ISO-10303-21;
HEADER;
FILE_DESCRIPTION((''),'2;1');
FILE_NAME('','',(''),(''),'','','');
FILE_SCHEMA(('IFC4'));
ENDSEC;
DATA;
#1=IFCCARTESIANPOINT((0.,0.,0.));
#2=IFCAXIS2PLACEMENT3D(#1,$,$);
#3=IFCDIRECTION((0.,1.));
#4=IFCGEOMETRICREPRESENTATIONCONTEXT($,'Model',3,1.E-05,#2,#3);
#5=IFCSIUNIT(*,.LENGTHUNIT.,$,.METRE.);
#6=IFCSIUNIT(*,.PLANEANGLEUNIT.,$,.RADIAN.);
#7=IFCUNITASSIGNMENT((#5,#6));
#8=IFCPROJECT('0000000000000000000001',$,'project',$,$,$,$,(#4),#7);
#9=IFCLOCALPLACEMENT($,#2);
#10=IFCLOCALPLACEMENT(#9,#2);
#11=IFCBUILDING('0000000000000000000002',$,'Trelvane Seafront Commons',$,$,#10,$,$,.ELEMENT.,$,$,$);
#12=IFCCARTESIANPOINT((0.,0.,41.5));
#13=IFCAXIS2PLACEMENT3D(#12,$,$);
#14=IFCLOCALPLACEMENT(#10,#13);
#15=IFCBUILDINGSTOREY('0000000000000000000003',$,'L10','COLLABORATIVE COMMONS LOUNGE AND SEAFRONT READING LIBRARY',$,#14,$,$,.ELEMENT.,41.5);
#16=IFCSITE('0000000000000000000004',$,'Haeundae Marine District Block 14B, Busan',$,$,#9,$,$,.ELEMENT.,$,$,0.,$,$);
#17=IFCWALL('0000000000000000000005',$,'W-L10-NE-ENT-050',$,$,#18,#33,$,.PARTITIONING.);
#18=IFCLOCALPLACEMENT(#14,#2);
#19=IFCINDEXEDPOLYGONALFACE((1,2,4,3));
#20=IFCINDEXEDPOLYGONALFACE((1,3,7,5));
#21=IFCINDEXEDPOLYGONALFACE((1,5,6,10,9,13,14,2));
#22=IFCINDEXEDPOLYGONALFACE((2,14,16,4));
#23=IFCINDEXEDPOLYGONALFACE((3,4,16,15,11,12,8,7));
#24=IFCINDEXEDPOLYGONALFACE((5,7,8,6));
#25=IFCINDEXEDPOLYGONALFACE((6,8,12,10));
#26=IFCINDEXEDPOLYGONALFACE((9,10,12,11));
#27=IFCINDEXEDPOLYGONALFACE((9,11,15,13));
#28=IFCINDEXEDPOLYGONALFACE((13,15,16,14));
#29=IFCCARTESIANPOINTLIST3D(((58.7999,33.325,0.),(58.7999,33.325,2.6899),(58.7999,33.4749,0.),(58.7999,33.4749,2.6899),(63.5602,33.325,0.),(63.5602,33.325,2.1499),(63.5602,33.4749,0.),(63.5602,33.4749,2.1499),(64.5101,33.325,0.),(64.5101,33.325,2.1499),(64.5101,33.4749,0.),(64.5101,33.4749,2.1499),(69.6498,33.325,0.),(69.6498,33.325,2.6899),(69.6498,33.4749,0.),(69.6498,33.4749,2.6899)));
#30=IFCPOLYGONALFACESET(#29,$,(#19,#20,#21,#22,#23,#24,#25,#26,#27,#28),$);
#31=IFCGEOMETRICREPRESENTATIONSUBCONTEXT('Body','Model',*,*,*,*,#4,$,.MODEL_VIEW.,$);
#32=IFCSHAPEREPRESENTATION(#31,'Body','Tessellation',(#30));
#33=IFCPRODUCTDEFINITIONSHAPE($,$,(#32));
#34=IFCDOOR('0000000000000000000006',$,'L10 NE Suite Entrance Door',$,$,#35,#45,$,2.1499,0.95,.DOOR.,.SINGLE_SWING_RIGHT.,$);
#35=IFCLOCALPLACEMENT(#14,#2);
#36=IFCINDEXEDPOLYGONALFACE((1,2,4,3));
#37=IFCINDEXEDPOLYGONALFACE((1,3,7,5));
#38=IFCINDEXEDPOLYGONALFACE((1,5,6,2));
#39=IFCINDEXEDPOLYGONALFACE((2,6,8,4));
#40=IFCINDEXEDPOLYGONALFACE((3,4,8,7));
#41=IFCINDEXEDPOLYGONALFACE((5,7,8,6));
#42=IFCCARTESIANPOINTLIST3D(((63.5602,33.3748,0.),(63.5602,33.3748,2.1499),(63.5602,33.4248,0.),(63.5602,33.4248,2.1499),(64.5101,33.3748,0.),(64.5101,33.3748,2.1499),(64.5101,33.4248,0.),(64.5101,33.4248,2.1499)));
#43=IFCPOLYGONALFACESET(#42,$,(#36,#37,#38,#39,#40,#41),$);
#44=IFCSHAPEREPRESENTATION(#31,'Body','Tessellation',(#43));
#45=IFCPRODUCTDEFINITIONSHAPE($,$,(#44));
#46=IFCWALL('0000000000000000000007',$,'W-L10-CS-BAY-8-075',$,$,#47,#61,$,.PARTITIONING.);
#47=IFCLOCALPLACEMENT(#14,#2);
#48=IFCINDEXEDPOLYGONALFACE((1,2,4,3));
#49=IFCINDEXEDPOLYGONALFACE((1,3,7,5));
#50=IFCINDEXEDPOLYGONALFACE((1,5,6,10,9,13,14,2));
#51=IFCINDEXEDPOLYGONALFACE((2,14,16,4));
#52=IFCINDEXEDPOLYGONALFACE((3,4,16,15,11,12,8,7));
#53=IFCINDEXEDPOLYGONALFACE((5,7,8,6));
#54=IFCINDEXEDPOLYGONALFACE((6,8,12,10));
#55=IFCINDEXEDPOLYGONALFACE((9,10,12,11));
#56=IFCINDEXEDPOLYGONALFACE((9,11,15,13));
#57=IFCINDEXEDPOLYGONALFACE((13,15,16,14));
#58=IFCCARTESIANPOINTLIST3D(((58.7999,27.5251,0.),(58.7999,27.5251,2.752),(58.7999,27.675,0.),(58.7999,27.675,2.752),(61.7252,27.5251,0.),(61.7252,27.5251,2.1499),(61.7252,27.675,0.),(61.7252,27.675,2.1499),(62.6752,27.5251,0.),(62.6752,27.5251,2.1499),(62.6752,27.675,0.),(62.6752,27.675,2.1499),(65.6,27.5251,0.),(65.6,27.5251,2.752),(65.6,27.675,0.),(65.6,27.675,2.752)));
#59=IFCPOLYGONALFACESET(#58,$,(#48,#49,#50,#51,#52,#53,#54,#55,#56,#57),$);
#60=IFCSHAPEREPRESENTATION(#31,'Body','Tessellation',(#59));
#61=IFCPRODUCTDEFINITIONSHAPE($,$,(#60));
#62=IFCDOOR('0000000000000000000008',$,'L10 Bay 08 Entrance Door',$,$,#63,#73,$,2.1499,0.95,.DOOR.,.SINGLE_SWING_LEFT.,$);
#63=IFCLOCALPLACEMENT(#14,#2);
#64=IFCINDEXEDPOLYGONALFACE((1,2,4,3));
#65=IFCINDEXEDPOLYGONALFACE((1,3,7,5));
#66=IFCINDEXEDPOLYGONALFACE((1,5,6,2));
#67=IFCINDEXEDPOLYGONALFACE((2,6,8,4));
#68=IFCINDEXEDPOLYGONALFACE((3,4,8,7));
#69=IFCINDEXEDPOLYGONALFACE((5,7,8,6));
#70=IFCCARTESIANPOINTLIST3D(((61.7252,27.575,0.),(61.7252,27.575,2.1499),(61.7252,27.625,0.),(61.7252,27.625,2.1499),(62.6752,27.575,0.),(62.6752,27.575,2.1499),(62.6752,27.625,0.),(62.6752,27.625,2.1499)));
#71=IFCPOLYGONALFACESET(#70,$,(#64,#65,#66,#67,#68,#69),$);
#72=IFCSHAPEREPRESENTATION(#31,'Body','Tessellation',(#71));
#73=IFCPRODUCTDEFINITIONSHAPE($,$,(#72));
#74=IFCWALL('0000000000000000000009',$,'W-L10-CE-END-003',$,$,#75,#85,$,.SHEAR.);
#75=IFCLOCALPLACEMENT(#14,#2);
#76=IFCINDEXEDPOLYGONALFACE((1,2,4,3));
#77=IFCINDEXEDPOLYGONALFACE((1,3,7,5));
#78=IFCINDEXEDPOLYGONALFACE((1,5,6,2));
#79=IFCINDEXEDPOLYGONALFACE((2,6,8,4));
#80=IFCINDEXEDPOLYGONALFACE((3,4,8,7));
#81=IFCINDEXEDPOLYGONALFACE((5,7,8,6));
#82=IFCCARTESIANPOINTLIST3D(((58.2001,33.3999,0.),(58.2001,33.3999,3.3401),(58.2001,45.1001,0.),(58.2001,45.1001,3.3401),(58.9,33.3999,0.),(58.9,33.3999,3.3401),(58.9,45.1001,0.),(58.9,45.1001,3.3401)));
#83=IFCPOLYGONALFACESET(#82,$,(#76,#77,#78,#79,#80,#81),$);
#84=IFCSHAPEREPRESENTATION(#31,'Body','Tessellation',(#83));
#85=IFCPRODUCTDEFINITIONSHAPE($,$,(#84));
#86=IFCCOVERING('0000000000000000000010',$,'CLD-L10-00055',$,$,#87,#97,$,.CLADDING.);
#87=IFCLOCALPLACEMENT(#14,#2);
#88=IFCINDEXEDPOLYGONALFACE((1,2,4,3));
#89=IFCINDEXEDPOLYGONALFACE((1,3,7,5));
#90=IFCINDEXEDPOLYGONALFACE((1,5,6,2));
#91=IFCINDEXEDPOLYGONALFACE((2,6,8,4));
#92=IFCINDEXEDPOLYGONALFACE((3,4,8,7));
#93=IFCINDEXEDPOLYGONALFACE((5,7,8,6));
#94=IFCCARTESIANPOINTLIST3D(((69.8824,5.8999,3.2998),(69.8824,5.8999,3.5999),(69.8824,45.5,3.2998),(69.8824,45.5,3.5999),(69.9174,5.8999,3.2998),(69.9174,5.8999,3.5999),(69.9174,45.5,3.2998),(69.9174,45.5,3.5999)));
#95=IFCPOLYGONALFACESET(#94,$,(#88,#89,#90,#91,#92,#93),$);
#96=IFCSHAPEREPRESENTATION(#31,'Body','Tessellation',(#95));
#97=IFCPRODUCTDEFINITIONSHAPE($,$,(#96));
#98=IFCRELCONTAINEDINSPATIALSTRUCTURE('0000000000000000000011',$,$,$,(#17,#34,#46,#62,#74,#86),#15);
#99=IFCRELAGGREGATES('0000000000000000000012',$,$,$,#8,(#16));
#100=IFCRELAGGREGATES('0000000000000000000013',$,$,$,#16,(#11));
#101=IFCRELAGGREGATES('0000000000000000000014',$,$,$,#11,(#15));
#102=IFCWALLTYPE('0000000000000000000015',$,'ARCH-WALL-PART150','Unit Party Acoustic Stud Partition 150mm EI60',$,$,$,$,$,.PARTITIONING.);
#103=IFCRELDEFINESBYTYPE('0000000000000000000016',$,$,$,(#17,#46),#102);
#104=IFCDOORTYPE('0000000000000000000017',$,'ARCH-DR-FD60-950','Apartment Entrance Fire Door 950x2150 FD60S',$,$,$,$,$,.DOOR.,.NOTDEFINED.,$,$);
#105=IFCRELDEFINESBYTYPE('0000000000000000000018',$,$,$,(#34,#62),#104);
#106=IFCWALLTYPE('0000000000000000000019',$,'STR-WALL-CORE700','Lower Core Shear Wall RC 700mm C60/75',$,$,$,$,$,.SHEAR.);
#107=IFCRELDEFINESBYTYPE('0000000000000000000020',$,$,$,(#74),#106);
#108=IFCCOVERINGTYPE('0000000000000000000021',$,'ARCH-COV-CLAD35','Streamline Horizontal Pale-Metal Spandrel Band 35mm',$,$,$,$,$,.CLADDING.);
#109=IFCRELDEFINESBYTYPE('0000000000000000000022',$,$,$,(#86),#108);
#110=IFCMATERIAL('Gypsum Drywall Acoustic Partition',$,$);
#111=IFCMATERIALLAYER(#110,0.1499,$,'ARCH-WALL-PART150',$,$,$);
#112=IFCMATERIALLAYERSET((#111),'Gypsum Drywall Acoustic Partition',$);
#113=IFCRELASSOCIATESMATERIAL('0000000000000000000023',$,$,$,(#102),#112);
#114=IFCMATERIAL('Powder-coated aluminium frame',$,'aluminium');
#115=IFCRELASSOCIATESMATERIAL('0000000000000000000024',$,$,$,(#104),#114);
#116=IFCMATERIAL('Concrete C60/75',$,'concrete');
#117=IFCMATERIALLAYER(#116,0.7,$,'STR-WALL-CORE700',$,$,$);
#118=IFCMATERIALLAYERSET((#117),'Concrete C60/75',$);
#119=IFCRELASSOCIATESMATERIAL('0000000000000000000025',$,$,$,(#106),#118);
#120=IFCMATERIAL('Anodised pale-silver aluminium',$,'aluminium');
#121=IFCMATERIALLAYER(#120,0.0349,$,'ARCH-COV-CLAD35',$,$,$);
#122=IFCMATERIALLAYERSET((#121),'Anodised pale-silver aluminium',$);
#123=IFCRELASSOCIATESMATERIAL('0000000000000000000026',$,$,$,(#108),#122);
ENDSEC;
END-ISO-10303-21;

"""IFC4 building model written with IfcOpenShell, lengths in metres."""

from ifc_helpers import new_model, si_unit, direction, frame, frame_2d, origin, origin_2d, place, context, subcontext, project, spatial, rectangle, extrude, source, transform, mapped, material, layer, layer_set, type_object, element, fill, save


model = new_model("IFC4")

# Units and contexts
model_context = context("Model", 3, precision=1e-05, world=origin(), true_north=direction((0.0, 1.0)))
body_context = subcontext(model_context, "Body", "Model", "MODEL_VIEW")
ifc_project = project(units=[si_unit("LENGTHUNIT", "METRE"), si_unit("PLANEANGLEUNIT", "RADIAN")], contexts=[model_context])

# Site, building, storey
site_placement = place(None, origin())
site = spatial("IfcSite", under=ifc_project, at=site_placement, Name="Haeundae Marine District Block 14B, Busan", CompositionType="ELEMENT", RefElevation=0.0)
building_placement = place(site_placement, origin())
building = spatial("IfcBuilding", under=site, at=building_placement, Name="Trelvane Seafront Commons", CompositionType="ELEMENT")
storey_placement = place(building_placement, frame((0.0, 0.0, 41.5)))
storey = spatial("IfcBuildingStorey", under=building, at=storey_placement, Name="L10", Description="COLLABORATIVE COMMONS LOUNGE AND SEAFRONT READING LIBRARY", CompositionType="ELEMENT", Elevation=41.5)

# Shared definitions
ifc_material_1 = material(Name="Concrete C60/75", Category="concrete")

# Shared definitions
ifc_material_2 = material(Name="Anodised pale-silver aluminium", Category="aluminium")

# Shared definitions
ifc_material_3 = material(Name="Gypsum Drywall Acoustic Partition")

# Walls, openings, doors
shared_shape_1 = source(origin(), body_context, "Body", "SweptSolid", [
    extrude(rectangle(XDim=0.95, YDim=2.1499, at=frame_2d((0.4751, 1.075))), frame((0.0, 0.0249, 0.0), z_axis=(0.0, -1.0, 0.0), x_axis=(1.0, 0.0, 0.0)), (0.0, 0.0, 1.0), 0.05),
])
ifc_layer_1 = layer(ifc_material_3, 0.1499, Name="ARCH-WALL-PART150")
ifc_layer_set_1 = layer_set([ifc_layer_1], Name="Gypsum Drywall Acoustic Partition")
wall_type_1 = type_object("IfcWallType", Name="ARCH-WALL-PART150", Description="Unit Party Acoustic Stud Partition 150mm EI60", PredefinedType="PARTITIONING", material=ifc_layer_set_1)
wall_1_placement = place(storey_placement, frame((58.8, 33.3999, 0.0), z_axis=(0.0, 0.0, 1.0), x_axis=(1.0, 0.0, 0.0)))
wall_1 = element("IfcWall", 1, at=wall_1_placement, inside=storey, type_object=wall_type_1, Name="W-L10-NE-ENT-050", PredefinedType="PARTITIONING", context=body_context, shape_type="SweptSolid", body=[
    extrude(rectangle(XDim=10.8499, YDim=0.1499, at=frame_2d((5.4248, 0.0))), origin(), (0.0, 0.0, 1.0), 2.6899),
])
opening_1_placement = place(wall_1_placement, frame((4.76, 0.0, 0.0)))
opening_1 = element("IfcOpeningElement", 2, at=opening_1_placement, cuts=wall_1, PredefinedType="OPENING", context=body_context, shape_type="SweptSolid", body=[
    extrude(rectangle(XDim=0.95, YDim=2.1499, at=frame_2d((0.4751, 1.075))), frame((0.0, 0.085, 0.0), z_axis=(0.0, -1.0, 0.0), x_axis=(1.0, 0.0, 0.0)), (0.0, 0.0, 1.0), 0.1699),
])
ifc_material_4 = material(Name="Powder-coated aluminium frame", Category="aluminium")
door_type_1 = type_object("IfcDoorType", Name="ARCH-DR-FD60-950", Description="Apartment Entrance Fire Door 950x2150 FD60S", OperationType="NOTDEFINED", PredefinedType="DOOR", material=ifc_material_4)
door_1_placement = place(opening_1_placement, origin())
door_1 = element("IfcDoor", 3, at=door_1_placement, inside=storey, type_object=door_type_1, Name="L10 NE Suite Entrance Door", OperationType="SINGLE_SWING_RIGHT", OverallHeight=2.1499, OverallWidth=0.95, PredefinedType="DOOR", context=body_context, shape_type="MappedRepresentation", body=[
    mapped(shared_shape_1, transform((0.0, 0.0, 0.0), x_axis=(1.0, 0.0, 0.0), y_axis=(0.0, 1.0, 0.0), z_axis=(0.0, 0.0, 1.0), scale=1.0)),
])
fill(opening_1, door_1)
wall_2_placement = place(storey_placement, frame((58.8, 27.6001, 0.0), z_axis=(0.0, 0.0, 1.0), x_axis=(1.0, 0.0, 0.0)))
wall_2 = element("IfcWall", 4, at=wall_2_placement, inside=storey, type_object=wall_type_1, Name="W-L10-CS-BAY-8-075", PredefinedType="PARTITIONING", context=body_context, shape_type="SweptSolid", body=[
    extrude(rectangle(XDim=6.8, YDim=0.1499, at=frame_2d((3.3999, 0.0))), origin(), (0.0, 0.0, 1.0), 2.752),
])
opening_2_placement = place(wall_2_placement, frame((2.925, 0.0, 0.0)))
opening_2 = element("IfcOpeningElement", 5, at=opening_2_placement, cuts=wall_2, PredefinedType="OPENING", context=body_context, shape_type="SweptSolid", body=[
    extrude(rectangle(XDim=0.95, YDim=2.1499, at=frame_2d((0.4751, 1.075))), frame((0.0, 0.085, 0.0), z_axis=(0.0, -1.0, 0.0), x_axis=(1.0, 0.0, 0.0)), (0.0, 0.0, 1.0), 0.1699),
])
door_2_placement = place(opening_2_placement, origin())
door_2 = element("IfcDoor", 6, at=door_2_placement, inside=storey, type_object=door_type_1, Name="L10 Bay 08 Entrance Door", OperationType="SINGLE_SWING_LEFT", OverallHeight=2.1499, OverallWidth=0.95, PredefinedType="DOOR", context=body_context, shape_type="MappedRepresentation", body=[
    mapped(shared_shape_1, transform((0.0, 0.0, 0.0), x_axis=(1.0, 0.0, 0.0), y_axis=(0.0, 1.0, 0.0), z_axis=(0.0, 0.0, 1.0), scale=1.0)),
])
fill(opening_2, door_2)

# Wall
ifc_layer_2 = layer(ifc_material_1, 0.7, Name="STR-WALL-CORE700")
ifc_layer_set_2 = layer_set([ifc_layer_2], Name="Concrete C60/75")
wall_type_2 = type_object("IfcWallType", Name="STR-WALL-CORE700", Description="Lower Core Shear Wall RC 700mm C60/75", PredefinedType="SHEAR", material=ifc_layer_set_2)
wall_3_placement = place(storey_placement, frame((58.55, 33.3999, 0.0), z_axis=(0.0, 0.0, 1.0), x_axis=(0.0, 1.0, 0.0)))
element("IfcWall", 7, at=wall_3_placement, inside=storey, type_object=wall_type_2, Name="W-L10-CE-END-003", PredefinedType="SHEAR", context=body_context, shape_type="SweptSolid", body=[
    extrude(rectangle(XDim=11.7002, YDim=0.7, at=frame_2d((5.8501, 0.0))), origin(), (0.0, 0.0, 1.0), 3.3401),
])

# Covering
ifc_layer_3 = layer(ifc_material_2, 0.0349, Name="ARCH-COV-CLAD35")
ifc_layer_set_3 = layer_set([ifc_layer_3], Name="Anodised pale-silver aluminium")
covering_type = type_object("IfcCoveringType", Name="ARCH-COV-CLAD35", Description="Streamline Horizontal Pale-Metal Spandrel Band 35mm", PredefinedType="CLADDING", material=ifc_layer_set_3)
shared_shape_2 = source(origin(), body_context, "Body", "SweptSolid", [
    extrude(rectangle(XDim=39.6001, YDim=0.0349, at=origin_2d()), origin(), (0.0, 0.0, 1.0), 0.3),
])
covering_placement = place(storey_placement, frame((69.8999, 25.7, 3.2998), z_axis=(0.0, 0.0, 1.0), x_axis=(0.0, -1.0, 0.0)))
element("IfcCovering", 8, at=covering_placement, inside=storey, type_object=covering_type, Name="CLD-L10-00055", PredefinedType="CLADDING", context=body_context, shape_type="MappedRepresentation", body=[
    mapped(shared_shape_2, transform((0.0, 0.0, 0.0), x_axis=(1.0, 0.0, 0.0), y_axis=(0.0, 1.0, 0.0), z_axis=(0.0, 0.0, 1.0), scale=1.0)),
])

save(model, "model.ifc")
